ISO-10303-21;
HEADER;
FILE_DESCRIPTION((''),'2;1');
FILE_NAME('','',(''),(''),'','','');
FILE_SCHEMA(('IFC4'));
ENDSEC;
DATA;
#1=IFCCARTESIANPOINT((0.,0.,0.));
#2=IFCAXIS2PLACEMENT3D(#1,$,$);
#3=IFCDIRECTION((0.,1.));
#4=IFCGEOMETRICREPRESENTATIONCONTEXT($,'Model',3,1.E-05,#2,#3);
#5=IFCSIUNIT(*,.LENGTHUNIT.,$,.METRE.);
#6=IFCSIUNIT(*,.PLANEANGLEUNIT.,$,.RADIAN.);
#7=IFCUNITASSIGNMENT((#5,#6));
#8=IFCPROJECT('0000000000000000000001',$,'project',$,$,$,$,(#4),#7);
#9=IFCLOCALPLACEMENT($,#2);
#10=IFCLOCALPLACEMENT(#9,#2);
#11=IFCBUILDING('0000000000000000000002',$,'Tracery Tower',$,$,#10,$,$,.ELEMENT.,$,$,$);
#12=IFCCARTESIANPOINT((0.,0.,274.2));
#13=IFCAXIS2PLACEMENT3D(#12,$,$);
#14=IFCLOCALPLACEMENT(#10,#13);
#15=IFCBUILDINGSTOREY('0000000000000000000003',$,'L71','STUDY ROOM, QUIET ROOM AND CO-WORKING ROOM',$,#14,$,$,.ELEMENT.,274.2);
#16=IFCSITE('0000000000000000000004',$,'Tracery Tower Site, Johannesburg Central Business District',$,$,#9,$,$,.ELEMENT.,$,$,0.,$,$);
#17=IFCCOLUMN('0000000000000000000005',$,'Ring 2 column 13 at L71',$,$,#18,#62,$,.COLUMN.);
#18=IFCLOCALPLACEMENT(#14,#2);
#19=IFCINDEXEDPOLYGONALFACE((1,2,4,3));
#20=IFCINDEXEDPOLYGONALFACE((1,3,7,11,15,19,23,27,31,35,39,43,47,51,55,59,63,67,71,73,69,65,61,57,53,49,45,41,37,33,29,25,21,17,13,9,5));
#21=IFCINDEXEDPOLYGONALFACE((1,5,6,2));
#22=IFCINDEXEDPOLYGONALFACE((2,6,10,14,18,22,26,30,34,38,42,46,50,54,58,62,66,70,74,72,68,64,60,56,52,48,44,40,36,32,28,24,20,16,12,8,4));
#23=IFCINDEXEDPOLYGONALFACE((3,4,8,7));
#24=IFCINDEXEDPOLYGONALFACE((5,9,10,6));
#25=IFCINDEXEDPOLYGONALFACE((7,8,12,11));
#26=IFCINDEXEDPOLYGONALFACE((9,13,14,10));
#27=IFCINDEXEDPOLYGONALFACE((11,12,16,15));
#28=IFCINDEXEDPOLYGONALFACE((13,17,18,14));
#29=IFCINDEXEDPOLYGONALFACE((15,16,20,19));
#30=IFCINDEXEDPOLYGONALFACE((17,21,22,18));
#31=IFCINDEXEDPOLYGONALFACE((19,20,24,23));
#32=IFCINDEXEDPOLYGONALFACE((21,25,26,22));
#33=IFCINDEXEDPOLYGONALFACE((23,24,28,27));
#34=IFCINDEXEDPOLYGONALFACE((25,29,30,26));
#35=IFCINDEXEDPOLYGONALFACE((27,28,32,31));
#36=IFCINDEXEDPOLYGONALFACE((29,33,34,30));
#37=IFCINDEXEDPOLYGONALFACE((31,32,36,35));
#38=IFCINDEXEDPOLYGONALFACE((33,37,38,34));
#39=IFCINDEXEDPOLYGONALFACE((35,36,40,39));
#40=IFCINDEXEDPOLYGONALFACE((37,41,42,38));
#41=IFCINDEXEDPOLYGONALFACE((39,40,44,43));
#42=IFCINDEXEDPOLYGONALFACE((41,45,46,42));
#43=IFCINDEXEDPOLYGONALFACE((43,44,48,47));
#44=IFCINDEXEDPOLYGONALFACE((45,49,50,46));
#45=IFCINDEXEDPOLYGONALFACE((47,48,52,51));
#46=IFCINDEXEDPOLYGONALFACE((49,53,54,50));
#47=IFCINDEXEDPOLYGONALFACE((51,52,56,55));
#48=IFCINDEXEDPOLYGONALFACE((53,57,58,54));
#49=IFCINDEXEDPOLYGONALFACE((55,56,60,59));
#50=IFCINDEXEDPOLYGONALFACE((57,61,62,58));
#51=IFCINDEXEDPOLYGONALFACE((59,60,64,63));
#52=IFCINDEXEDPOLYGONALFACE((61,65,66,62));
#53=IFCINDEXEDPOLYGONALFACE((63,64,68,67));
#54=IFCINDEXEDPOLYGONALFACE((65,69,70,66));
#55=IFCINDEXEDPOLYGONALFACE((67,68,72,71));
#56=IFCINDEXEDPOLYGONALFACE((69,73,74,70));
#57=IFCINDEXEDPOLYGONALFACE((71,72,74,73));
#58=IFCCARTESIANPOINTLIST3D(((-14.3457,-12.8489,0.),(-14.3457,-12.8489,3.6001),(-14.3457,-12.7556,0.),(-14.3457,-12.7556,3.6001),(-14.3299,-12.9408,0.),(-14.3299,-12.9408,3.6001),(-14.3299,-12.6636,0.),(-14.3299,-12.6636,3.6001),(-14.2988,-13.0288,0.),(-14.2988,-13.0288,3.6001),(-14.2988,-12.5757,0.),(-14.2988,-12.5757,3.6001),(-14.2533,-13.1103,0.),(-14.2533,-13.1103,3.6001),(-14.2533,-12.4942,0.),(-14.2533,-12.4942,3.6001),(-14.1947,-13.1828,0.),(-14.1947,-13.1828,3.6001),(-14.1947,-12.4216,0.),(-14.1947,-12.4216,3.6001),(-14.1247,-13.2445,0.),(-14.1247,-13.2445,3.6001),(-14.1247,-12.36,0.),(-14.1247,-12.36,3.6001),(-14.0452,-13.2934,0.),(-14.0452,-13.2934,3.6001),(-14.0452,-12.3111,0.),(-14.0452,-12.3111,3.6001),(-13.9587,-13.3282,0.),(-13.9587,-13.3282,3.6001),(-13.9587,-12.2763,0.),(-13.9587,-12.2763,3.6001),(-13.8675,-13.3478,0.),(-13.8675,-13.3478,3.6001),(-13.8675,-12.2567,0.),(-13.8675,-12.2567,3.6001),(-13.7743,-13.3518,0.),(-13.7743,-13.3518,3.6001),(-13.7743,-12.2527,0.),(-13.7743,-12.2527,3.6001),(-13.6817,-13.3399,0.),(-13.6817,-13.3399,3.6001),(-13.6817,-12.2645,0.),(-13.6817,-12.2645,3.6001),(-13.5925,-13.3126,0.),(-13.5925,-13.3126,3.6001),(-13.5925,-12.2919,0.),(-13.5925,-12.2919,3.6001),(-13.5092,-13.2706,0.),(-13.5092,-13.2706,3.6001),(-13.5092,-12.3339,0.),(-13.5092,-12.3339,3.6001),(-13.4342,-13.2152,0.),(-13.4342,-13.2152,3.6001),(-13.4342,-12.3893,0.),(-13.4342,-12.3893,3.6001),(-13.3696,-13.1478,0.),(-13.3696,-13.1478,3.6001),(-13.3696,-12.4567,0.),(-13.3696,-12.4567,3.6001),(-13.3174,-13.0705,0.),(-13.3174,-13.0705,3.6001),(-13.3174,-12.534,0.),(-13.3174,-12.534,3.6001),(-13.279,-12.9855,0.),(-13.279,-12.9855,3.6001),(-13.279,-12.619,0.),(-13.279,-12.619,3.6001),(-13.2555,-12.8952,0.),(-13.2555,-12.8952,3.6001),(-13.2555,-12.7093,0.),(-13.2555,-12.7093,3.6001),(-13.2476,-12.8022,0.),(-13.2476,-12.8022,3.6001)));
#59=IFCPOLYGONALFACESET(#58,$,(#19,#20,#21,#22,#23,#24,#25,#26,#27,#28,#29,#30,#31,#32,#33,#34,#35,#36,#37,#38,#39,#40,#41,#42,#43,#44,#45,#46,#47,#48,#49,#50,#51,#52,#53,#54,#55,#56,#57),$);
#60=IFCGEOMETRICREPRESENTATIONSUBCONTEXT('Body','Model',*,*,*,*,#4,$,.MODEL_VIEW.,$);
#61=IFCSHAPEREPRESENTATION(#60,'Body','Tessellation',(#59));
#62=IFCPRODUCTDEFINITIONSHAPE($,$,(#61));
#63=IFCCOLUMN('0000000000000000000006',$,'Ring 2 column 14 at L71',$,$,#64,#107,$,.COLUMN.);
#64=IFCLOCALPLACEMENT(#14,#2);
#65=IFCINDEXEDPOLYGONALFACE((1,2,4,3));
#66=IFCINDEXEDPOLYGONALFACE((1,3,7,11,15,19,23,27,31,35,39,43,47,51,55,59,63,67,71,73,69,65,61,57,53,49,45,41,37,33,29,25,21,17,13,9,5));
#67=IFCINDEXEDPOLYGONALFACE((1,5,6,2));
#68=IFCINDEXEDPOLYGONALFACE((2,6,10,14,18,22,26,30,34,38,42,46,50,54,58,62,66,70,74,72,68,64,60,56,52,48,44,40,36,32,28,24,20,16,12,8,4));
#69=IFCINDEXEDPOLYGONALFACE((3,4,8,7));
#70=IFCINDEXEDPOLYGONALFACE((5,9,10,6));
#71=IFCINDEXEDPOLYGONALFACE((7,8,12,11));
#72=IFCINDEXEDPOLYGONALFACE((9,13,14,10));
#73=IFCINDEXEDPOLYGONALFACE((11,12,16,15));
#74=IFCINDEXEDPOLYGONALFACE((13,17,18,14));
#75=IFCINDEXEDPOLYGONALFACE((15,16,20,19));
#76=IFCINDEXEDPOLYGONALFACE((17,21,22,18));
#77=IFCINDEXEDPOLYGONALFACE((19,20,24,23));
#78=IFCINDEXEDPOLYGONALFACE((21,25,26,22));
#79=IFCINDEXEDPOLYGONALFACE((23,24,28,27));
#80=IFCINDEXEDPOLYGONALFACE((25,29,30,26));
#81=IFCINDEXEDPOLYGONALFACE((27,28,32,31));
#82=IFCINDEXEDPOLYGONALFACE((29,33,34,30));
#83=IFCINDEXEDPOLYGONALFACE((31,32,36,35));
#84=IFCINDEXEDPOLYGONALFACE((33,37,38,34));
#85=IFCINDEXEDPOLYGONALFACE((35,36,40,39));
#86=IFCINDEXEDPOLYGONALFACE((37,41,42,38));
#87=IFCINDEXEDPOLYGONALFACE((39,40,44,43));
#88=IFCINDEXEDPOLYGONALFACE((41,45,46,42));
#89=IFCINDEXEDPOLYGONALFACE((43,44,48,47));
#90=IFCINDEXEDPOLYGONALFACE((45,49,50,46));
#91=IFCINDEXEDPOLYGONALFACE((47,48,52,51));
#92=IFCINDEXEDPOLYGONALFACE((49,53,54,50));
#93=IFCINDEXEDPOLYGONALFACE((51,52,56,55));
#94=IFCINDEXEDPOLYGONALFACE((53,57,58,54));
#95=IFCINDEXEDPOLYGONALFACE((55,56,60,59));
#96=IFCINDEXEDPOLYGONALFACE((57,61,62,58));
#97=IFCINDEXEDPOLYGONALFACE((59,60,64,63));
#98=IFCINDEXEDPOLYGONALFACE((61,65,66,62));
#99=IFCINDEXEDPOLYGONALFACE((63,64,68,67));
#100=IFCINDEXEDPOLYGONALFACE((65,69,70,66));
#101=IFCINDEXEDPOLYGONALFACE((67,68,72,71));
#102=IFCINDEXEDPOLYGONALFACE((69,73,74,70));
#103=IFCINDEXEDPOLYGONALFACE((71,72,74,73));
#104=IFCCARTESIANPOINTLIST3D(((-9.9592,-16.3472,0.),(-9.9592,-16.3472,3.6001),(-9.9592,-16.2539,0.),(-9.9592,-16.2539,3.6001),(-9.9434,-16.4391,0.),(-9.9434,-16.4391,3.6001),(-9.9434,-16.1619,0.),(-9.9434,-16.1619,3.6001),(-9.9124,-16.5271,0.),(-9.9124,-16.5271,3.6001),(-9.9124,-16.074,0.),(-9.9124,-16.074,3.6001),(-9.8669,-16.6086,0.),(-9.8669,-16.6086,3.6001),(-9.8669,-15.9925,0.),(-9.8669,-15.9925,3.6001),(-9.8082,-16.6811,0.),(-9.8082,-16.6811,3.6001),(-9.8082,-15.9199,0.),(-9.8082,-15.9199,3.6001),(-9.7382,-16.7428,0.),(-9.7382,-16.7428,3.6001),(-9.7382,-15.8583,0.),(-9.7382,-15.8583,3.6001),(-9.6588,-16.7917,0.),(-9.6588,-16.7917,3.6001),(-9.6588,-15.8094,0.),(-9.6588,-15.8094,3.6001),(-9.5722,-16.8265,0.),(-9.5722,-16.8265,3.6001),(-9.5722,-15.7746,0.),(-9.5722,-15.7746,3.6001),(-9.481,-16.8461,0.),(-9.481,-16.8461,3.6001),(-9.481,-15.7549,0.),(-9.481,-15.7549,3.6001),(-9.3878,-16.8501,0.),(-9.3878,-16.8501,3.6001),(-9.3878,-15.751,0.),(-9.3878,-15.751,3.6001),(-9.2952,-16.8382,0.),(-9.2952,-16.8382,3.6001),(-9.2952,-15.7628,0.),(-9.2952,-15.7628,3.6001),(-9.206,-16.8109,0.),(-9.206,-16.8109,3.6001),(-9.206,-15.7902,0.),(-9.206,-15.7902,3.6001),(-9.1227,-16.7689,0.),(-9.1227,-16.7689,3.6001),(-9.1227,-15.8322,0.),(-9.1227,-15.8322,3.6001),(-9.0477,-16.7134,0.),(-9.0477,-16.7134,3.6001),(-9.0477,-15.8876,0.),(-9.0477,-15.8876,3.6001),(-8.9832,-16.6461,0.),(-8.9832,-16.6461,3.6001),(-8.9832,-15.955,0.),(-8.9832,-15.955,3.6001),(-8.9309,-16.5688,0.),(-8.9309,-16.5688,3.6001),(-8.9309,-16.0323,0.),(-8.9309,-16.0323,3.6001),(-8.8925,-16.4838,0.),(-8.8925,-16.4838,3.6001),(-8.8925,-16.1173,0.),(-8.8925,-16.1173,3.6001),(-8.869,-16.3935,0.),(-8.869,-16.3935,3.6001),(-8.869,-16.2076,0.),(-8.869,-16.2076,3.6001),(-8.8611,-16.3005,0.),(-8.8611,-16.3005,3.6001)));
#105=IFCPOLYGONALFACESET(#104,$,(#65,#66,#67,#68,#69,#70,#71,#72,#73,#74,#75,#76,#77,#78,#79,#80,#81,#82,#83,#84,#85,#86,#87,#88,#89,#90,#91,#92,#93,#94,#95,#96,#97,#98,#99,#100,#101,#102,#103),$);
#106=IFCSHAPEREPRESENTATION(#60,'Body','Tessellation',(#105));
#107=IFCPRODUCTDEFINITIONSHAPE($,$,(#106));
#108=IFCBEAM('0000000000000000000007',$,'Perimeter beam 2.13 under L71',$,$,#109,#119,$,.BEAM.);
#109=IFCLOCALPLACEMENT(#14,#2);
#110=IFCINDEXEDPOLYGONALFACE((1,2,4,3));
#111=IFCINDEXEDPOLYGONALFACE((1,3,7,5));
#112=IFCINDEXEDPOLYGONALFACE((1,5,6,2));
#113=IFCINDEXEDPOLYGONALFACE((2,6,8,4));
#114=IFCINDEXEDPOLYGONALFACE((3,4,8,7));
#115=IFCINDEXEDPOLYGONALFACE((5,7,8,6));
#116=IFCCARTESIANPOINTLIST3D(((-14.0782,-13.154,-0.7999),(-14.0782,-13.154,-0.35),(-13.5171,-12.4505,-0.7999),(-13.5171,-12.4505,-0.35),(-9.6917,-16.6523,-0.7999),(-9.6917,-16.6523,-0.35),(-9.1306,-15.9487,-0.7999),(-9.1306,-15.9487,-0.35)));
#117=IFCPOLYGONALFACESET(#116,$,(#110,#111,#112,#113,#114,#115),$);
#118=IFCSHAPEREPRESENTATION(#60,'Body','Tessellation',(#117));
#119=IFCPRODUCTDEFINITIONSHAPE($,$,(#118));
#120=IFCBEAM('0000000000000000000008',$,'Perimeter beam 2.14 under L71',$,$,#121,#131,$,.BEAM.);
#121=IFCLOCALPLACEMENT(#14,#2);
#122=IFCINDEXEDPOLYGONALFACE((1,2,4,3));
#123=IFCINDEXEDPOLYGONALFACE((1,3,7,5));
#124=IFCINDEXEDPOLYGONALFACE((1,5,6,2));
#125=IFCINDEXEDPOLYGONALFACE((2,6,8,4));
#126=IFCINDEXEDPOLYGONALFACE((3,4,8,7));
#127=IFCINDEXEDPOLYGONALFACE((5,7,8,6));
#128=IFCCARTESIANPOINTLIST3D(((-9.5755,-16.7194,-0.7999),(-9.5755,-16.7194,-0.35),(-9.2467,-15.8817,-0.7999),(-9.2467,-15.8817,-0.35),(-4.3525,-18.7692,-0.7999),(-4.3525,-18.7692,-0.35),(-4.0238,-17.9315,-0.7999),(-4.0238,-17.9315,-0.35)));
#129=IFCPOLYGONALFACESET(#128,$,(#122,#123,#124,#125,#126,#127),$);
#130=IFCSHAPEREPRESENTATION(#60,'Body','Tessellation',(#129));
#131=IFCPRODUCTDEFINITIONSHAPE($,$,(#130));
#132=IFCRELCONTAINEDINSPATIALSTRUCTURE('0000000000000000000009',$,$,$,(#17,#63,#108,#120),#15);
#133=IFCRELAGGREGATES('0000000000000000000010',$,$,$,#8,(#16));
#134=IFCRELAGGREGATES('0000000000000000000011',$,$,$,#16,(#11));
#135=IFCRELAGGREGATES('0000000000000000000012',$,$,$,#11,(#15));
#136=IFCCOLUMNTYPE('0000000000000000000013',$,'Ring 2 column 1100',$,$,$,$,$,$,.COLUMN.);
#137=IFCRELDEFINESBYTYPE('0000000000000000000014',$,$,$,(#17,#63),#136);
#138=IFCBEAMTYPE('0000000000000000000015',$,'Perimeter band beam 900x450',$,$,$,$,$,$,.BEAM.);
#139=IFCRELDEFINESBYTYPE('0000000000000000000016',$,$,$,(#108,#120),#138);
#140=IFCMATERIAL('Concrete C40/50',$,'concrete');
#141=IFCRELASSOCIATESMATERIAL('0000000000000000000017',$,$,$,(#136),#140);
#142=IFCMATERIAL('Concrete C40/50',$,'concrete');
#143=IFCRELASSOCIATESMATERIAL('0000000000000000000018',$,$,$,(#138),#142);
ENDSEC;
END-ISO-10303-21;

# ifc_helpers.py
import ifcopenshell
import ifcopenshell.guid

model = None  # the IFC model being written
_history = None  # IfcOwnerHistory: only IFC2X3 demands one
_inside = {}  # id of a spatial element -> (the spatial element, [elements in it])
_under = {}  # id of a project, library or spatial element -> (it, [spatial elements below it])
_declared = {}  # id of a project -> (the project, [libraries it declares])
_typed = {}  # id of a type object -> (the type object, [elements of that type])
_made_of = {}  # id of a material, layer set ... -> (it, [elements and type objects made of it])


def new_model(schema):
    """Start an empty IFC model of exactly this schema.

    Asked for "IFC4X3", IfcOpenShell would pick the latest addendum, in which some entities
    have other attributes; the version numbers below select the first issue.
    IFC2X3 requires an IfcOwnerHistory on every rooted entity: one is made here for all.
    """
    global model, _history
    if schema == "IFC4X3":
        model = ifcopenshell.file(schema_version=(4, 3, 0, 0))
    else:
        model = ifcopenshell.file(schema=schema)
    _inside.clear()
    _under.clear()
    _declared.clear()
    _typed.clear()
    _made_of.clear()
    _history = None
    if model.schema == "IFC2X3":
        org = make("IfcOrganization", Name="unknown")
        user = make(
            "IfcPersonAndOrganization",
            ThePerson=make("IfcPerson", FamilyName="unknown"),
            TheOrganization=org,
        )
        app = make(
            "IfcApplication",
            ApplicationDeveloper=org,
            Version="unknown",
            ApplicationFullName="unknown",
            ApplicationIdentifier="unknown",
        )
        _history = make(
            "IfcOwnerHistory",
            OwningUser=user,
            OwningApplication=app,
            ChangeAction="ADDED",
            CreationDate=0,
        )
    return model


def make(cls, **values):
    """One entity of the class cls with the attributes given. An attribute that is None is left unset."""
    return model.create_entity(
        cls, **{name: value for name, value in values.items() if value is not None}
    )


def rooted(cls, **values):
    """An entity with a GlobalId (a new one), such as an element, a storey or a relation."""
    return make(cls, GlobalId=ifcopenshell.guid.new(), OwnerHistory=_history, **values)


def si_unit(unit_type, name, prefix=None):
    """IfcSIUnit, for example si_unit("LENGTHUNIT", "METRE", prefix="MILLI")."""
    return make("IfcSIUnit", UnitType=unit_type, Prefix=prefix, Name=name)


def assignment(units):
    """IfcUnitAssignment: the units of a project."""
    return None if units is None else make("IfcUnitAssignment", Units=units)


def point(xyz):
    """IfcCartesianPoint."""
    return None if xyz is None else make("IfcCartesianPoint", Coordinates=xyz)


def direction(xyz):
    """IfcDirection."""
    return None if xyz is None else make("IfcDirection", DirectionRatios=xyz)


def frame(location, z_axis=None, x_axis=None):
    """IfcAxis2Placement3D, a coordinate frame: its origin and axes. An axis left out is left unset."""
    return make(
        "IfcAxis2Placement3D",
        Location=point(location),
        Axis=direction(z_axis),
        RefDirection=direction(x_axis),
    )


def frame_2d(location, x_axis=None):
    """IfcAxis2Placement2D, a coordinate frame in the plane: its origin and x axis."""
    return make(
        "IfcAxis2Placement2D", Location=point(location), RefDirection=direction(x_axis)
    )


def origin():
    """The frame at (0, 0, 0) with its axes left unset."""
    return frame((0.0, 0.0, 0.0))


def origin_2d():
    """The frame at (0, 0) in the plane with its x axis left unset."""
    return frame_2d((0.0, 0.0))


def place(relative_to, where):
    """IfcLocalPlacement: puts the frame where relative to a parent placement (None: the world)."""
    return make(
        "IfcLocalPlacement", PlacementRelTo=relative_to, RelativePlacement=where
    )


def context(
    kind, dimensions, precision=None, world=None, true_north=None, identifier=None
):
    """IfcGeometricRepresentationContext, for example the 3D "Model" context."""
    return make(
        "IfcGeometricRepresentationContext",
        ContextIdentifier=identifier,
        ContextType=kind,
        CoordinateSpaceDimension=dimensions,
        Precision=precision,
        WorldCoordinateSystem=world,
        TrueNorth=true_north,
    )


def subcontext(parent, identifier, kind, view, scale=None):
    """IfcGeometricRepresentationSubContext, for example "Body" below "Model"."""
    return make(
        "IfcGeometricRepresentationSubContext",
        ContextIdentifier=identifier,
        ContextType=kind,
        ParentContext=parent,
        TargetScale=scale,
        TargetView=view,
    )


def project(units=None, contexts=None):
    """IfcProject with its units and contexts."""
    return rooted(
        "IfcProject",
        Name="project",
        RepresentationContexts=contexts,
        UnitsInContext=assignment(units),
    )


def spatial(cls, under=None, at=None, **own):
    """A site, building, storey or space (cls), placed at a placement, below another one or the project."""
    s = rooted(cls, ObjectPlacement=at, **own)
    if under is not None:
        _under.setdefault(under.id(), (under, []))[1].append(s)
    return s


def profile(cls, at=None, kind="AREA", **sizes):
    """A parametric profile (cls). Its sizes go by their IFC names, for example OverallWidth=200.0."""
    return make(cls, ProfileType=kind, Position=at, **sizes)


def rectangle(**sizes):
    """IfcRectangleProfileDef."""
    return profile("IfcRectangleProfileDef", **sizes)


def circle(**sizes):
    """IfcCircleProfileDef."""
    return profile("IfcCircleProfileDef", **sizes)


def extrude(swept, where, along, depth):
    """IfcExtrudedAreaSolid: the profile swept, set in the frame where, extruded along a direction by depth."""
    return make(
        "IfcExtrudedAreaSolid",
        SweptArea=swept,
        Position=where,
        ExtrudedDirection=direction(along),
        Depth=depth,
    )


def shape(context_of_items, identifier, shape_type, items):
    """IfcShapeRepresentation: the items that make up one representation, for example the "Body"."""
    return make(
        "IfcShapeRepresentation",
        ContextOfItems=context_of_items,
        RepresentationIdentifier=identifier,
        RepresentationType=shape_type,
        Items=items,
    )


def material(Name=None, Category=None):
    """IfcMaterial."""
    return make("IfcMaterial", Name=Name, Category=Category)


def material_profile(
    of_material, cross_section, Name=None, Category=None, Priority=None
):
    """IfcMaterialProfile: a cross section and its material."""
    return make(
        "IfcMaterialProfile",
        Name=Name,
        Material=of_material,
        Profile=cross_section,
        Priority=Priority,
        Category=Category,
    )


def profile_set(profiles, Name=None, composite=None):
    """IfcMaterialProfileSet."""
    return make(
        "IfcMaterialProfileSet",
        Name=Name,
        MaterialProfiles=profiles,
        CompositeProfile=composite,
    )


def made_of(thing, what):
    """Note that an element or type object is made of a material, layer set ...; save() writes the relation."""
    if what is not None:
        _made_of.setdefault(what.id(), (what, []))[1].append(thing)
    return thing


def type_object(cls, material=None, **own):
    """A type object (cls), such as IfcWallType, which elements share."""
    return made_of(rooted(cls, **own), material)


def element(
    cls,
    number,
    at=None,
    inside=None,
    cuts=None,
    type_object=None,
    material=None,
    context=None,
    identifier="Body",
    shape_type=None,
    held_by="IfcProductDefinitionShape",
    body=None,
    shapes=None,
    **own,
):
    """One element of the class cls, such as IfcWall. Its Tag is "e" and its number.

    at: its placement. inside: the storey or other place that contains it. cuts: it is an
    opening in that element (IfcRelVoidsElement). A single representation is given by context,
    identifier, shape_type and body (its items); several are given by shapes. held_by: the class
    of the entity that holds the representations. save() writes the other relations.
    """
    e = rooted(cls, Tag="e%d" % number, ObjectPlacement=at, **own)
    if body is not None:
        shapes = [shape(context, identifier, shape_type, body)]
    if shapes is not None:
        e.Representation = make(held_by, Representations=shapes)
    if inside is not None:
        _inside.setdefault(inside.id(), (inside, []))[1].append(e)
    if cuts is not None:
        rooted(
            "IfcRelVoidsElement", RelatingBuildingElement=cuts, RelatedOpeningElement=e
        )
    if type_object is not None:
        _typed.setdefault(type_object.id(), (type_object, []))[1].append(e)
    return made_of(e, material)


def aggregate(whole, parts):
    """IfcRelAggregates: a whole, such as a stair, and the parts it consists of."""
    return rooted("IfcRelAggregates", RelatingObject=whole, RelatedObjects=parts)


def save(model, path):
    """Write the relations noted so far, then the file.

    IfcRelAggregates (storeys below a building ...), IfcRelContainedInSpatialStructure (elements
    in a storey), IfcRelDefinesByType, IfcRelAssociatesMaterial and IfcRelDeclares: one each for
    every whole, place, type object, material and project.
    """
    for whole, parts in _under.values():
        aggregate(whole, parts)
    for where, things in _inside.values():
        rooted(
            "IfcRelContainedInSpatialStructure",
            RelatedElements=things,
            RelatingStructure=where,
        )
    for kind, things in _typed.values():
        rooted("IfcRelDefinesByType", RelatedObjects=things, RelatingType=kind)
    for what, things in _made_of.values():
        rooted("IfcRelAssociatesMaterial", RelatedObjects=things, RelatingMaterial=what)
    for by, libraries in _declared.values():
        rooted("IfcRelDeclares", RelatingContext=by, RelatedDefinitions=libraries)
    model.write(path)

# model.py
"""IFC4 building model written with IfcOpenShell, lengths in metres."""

from ifc_helpers import new_model, si_unit, direction, frame, origin, origin_2d, place, context, subcontext, project, spatial, rectangle, circle, extrude, material, material_profile, profile_set, type_object, element, save


model = new_model("IFC4")

# Units and contexts
model_context = context("Model", 3, precision=1e-05, world=origin(), true_north=direction((0.0, 1.0)))
body_context = subcontext(model_context, "Body", "Model", "MODEL_VIEW")
ifc_project = project(units=[si_unit("LENGTHUNIT", "METRE"), si_unit("PLANEANGLEUNIT", "RADIAN")], contexts=[model_context])

# Site, building, storey
site_placement = place(None, origin())
site = spatial("IfcSite", under=ifc_project, at=site_placement, Name="Tracery Tower Site, Johannesburg Central Business District", CompositionType="ELEMENT", RefElevation=0.0)
building_placement = place(site_placement, origin())
building = spatial("IfcBuilding", under=site, at=building_placement, Name="Tracery Tower", CompositionType="ELEMENT")
storey_placement = place(building_placement, frame((0.0, 0.0, 274.2)))
storey = spatial("IfcBuildingStorey", under=building, at=storey_placement, Name="L71", Description="STUDY ROOM, QUIET ROOM AND CO-WORKING ROOM", CompositionType="ELEMENT", Elevation=274.2)

# Columns
ifc_material_1 = material(Name="Concrete C40/50", Category="concrete")
ifc_material_profile_1 = material_profile(ifc_material_1, circle(Radius=0.55, at=origin_2d()), Name="RC D1100")
ifc_profile_set_1 = profile_set([ifc_material_profile_1], Name="Concrete C40/50")
column_type = type_object("IfcColumnType", Name="Ring 2 column 1100", PredefinedType="COLUMN", material=ifc_profile_set_1)
for number, where, z_axis, x_axis, name in (
    (1, (-13.7976, -12.8022, 0.0), (0.0, 0.0, 1.0), (1.0, 0.0, 0.0), "Ring 2 column 13 at L71"),
    (2, (-9.4111, -16.3005, 0.0), (0.0, 0.0, 1.0), (1.0, 0.0, 0.0), "Ring 2 column 14 at L71"),
):
    element("IfcColumn", number, at=place(storey_placement, frame(where, z_axis=z_axis, x_axis=x_axis)), inside=storey, type_object=column_type, Name=name, PredefinedType="COLUMN", context=body_context, shape_type="SweptSolid", body=[
        extrude(circle(Radius=0.55, at=origin_2d()), origin(), (0.0, 0.0, 1.0), 3.6001),
    ])

# Beams
ifc_material_2 = material(Name="Concrete C40/50", Category="concrete")
ifc_material_profile_2 = material_profile(ifc_material_2, rectangle(XDim=0.8999, YDim=0.45, at=origin_2d()), Name="RC 900x450")
ifc_profile_set_2 = profile_set([ifc_material_profile_2], Name="Concrete C40/50")
beam_type = type_object("IfcBeamType", Name="Perimeter band beam 900x450", PredefinedType="BEAM", material=ifc_profile_set_2)
beam_1_placement = place(storey_placement, frame((-13.7976, -12.8022, -0.575), z_axis=(0.781815, -0.623511, 0.0), x_axis=(0.623511, 0.781815, 0.0)))
element("IfcBeam", 3, at=beam_1_placement, inside=storey, type_object=beam_type, Name="Perimeter beam 2.13 under L71", PredefinedType="BEAM", context=body_context, shape_type="SweptSolid", body=[
    extrude(rectangle(XDim=0.8999, YDim=0.45, at=origin_2d()), origin(), (0.0, 0.0, 1.0), 5.6106),
])
beam_2_placement = place(storey_placement, frame((-9.4111, -16.3005, -0.575), z_axis=(0.930876, -0.365336, 0.0), x_axis=(0.365336, 0.930876, 0.0)))
element("IfcBeam", 4, at=beam_2_placement, inside=storey, type_object=beam_type, Name="Perimeter beam 2.14 under L71", PredefinedType="BEAM", context=body_context, shape_type="SweptSolid", body=[
    extrude(rectangle(XDim=0.8999, YDim=0.45, at=origin_2d()), origin(), (0.0, 0.0, 1.0), 5.6108),
])

save(model, "model.ifc")
